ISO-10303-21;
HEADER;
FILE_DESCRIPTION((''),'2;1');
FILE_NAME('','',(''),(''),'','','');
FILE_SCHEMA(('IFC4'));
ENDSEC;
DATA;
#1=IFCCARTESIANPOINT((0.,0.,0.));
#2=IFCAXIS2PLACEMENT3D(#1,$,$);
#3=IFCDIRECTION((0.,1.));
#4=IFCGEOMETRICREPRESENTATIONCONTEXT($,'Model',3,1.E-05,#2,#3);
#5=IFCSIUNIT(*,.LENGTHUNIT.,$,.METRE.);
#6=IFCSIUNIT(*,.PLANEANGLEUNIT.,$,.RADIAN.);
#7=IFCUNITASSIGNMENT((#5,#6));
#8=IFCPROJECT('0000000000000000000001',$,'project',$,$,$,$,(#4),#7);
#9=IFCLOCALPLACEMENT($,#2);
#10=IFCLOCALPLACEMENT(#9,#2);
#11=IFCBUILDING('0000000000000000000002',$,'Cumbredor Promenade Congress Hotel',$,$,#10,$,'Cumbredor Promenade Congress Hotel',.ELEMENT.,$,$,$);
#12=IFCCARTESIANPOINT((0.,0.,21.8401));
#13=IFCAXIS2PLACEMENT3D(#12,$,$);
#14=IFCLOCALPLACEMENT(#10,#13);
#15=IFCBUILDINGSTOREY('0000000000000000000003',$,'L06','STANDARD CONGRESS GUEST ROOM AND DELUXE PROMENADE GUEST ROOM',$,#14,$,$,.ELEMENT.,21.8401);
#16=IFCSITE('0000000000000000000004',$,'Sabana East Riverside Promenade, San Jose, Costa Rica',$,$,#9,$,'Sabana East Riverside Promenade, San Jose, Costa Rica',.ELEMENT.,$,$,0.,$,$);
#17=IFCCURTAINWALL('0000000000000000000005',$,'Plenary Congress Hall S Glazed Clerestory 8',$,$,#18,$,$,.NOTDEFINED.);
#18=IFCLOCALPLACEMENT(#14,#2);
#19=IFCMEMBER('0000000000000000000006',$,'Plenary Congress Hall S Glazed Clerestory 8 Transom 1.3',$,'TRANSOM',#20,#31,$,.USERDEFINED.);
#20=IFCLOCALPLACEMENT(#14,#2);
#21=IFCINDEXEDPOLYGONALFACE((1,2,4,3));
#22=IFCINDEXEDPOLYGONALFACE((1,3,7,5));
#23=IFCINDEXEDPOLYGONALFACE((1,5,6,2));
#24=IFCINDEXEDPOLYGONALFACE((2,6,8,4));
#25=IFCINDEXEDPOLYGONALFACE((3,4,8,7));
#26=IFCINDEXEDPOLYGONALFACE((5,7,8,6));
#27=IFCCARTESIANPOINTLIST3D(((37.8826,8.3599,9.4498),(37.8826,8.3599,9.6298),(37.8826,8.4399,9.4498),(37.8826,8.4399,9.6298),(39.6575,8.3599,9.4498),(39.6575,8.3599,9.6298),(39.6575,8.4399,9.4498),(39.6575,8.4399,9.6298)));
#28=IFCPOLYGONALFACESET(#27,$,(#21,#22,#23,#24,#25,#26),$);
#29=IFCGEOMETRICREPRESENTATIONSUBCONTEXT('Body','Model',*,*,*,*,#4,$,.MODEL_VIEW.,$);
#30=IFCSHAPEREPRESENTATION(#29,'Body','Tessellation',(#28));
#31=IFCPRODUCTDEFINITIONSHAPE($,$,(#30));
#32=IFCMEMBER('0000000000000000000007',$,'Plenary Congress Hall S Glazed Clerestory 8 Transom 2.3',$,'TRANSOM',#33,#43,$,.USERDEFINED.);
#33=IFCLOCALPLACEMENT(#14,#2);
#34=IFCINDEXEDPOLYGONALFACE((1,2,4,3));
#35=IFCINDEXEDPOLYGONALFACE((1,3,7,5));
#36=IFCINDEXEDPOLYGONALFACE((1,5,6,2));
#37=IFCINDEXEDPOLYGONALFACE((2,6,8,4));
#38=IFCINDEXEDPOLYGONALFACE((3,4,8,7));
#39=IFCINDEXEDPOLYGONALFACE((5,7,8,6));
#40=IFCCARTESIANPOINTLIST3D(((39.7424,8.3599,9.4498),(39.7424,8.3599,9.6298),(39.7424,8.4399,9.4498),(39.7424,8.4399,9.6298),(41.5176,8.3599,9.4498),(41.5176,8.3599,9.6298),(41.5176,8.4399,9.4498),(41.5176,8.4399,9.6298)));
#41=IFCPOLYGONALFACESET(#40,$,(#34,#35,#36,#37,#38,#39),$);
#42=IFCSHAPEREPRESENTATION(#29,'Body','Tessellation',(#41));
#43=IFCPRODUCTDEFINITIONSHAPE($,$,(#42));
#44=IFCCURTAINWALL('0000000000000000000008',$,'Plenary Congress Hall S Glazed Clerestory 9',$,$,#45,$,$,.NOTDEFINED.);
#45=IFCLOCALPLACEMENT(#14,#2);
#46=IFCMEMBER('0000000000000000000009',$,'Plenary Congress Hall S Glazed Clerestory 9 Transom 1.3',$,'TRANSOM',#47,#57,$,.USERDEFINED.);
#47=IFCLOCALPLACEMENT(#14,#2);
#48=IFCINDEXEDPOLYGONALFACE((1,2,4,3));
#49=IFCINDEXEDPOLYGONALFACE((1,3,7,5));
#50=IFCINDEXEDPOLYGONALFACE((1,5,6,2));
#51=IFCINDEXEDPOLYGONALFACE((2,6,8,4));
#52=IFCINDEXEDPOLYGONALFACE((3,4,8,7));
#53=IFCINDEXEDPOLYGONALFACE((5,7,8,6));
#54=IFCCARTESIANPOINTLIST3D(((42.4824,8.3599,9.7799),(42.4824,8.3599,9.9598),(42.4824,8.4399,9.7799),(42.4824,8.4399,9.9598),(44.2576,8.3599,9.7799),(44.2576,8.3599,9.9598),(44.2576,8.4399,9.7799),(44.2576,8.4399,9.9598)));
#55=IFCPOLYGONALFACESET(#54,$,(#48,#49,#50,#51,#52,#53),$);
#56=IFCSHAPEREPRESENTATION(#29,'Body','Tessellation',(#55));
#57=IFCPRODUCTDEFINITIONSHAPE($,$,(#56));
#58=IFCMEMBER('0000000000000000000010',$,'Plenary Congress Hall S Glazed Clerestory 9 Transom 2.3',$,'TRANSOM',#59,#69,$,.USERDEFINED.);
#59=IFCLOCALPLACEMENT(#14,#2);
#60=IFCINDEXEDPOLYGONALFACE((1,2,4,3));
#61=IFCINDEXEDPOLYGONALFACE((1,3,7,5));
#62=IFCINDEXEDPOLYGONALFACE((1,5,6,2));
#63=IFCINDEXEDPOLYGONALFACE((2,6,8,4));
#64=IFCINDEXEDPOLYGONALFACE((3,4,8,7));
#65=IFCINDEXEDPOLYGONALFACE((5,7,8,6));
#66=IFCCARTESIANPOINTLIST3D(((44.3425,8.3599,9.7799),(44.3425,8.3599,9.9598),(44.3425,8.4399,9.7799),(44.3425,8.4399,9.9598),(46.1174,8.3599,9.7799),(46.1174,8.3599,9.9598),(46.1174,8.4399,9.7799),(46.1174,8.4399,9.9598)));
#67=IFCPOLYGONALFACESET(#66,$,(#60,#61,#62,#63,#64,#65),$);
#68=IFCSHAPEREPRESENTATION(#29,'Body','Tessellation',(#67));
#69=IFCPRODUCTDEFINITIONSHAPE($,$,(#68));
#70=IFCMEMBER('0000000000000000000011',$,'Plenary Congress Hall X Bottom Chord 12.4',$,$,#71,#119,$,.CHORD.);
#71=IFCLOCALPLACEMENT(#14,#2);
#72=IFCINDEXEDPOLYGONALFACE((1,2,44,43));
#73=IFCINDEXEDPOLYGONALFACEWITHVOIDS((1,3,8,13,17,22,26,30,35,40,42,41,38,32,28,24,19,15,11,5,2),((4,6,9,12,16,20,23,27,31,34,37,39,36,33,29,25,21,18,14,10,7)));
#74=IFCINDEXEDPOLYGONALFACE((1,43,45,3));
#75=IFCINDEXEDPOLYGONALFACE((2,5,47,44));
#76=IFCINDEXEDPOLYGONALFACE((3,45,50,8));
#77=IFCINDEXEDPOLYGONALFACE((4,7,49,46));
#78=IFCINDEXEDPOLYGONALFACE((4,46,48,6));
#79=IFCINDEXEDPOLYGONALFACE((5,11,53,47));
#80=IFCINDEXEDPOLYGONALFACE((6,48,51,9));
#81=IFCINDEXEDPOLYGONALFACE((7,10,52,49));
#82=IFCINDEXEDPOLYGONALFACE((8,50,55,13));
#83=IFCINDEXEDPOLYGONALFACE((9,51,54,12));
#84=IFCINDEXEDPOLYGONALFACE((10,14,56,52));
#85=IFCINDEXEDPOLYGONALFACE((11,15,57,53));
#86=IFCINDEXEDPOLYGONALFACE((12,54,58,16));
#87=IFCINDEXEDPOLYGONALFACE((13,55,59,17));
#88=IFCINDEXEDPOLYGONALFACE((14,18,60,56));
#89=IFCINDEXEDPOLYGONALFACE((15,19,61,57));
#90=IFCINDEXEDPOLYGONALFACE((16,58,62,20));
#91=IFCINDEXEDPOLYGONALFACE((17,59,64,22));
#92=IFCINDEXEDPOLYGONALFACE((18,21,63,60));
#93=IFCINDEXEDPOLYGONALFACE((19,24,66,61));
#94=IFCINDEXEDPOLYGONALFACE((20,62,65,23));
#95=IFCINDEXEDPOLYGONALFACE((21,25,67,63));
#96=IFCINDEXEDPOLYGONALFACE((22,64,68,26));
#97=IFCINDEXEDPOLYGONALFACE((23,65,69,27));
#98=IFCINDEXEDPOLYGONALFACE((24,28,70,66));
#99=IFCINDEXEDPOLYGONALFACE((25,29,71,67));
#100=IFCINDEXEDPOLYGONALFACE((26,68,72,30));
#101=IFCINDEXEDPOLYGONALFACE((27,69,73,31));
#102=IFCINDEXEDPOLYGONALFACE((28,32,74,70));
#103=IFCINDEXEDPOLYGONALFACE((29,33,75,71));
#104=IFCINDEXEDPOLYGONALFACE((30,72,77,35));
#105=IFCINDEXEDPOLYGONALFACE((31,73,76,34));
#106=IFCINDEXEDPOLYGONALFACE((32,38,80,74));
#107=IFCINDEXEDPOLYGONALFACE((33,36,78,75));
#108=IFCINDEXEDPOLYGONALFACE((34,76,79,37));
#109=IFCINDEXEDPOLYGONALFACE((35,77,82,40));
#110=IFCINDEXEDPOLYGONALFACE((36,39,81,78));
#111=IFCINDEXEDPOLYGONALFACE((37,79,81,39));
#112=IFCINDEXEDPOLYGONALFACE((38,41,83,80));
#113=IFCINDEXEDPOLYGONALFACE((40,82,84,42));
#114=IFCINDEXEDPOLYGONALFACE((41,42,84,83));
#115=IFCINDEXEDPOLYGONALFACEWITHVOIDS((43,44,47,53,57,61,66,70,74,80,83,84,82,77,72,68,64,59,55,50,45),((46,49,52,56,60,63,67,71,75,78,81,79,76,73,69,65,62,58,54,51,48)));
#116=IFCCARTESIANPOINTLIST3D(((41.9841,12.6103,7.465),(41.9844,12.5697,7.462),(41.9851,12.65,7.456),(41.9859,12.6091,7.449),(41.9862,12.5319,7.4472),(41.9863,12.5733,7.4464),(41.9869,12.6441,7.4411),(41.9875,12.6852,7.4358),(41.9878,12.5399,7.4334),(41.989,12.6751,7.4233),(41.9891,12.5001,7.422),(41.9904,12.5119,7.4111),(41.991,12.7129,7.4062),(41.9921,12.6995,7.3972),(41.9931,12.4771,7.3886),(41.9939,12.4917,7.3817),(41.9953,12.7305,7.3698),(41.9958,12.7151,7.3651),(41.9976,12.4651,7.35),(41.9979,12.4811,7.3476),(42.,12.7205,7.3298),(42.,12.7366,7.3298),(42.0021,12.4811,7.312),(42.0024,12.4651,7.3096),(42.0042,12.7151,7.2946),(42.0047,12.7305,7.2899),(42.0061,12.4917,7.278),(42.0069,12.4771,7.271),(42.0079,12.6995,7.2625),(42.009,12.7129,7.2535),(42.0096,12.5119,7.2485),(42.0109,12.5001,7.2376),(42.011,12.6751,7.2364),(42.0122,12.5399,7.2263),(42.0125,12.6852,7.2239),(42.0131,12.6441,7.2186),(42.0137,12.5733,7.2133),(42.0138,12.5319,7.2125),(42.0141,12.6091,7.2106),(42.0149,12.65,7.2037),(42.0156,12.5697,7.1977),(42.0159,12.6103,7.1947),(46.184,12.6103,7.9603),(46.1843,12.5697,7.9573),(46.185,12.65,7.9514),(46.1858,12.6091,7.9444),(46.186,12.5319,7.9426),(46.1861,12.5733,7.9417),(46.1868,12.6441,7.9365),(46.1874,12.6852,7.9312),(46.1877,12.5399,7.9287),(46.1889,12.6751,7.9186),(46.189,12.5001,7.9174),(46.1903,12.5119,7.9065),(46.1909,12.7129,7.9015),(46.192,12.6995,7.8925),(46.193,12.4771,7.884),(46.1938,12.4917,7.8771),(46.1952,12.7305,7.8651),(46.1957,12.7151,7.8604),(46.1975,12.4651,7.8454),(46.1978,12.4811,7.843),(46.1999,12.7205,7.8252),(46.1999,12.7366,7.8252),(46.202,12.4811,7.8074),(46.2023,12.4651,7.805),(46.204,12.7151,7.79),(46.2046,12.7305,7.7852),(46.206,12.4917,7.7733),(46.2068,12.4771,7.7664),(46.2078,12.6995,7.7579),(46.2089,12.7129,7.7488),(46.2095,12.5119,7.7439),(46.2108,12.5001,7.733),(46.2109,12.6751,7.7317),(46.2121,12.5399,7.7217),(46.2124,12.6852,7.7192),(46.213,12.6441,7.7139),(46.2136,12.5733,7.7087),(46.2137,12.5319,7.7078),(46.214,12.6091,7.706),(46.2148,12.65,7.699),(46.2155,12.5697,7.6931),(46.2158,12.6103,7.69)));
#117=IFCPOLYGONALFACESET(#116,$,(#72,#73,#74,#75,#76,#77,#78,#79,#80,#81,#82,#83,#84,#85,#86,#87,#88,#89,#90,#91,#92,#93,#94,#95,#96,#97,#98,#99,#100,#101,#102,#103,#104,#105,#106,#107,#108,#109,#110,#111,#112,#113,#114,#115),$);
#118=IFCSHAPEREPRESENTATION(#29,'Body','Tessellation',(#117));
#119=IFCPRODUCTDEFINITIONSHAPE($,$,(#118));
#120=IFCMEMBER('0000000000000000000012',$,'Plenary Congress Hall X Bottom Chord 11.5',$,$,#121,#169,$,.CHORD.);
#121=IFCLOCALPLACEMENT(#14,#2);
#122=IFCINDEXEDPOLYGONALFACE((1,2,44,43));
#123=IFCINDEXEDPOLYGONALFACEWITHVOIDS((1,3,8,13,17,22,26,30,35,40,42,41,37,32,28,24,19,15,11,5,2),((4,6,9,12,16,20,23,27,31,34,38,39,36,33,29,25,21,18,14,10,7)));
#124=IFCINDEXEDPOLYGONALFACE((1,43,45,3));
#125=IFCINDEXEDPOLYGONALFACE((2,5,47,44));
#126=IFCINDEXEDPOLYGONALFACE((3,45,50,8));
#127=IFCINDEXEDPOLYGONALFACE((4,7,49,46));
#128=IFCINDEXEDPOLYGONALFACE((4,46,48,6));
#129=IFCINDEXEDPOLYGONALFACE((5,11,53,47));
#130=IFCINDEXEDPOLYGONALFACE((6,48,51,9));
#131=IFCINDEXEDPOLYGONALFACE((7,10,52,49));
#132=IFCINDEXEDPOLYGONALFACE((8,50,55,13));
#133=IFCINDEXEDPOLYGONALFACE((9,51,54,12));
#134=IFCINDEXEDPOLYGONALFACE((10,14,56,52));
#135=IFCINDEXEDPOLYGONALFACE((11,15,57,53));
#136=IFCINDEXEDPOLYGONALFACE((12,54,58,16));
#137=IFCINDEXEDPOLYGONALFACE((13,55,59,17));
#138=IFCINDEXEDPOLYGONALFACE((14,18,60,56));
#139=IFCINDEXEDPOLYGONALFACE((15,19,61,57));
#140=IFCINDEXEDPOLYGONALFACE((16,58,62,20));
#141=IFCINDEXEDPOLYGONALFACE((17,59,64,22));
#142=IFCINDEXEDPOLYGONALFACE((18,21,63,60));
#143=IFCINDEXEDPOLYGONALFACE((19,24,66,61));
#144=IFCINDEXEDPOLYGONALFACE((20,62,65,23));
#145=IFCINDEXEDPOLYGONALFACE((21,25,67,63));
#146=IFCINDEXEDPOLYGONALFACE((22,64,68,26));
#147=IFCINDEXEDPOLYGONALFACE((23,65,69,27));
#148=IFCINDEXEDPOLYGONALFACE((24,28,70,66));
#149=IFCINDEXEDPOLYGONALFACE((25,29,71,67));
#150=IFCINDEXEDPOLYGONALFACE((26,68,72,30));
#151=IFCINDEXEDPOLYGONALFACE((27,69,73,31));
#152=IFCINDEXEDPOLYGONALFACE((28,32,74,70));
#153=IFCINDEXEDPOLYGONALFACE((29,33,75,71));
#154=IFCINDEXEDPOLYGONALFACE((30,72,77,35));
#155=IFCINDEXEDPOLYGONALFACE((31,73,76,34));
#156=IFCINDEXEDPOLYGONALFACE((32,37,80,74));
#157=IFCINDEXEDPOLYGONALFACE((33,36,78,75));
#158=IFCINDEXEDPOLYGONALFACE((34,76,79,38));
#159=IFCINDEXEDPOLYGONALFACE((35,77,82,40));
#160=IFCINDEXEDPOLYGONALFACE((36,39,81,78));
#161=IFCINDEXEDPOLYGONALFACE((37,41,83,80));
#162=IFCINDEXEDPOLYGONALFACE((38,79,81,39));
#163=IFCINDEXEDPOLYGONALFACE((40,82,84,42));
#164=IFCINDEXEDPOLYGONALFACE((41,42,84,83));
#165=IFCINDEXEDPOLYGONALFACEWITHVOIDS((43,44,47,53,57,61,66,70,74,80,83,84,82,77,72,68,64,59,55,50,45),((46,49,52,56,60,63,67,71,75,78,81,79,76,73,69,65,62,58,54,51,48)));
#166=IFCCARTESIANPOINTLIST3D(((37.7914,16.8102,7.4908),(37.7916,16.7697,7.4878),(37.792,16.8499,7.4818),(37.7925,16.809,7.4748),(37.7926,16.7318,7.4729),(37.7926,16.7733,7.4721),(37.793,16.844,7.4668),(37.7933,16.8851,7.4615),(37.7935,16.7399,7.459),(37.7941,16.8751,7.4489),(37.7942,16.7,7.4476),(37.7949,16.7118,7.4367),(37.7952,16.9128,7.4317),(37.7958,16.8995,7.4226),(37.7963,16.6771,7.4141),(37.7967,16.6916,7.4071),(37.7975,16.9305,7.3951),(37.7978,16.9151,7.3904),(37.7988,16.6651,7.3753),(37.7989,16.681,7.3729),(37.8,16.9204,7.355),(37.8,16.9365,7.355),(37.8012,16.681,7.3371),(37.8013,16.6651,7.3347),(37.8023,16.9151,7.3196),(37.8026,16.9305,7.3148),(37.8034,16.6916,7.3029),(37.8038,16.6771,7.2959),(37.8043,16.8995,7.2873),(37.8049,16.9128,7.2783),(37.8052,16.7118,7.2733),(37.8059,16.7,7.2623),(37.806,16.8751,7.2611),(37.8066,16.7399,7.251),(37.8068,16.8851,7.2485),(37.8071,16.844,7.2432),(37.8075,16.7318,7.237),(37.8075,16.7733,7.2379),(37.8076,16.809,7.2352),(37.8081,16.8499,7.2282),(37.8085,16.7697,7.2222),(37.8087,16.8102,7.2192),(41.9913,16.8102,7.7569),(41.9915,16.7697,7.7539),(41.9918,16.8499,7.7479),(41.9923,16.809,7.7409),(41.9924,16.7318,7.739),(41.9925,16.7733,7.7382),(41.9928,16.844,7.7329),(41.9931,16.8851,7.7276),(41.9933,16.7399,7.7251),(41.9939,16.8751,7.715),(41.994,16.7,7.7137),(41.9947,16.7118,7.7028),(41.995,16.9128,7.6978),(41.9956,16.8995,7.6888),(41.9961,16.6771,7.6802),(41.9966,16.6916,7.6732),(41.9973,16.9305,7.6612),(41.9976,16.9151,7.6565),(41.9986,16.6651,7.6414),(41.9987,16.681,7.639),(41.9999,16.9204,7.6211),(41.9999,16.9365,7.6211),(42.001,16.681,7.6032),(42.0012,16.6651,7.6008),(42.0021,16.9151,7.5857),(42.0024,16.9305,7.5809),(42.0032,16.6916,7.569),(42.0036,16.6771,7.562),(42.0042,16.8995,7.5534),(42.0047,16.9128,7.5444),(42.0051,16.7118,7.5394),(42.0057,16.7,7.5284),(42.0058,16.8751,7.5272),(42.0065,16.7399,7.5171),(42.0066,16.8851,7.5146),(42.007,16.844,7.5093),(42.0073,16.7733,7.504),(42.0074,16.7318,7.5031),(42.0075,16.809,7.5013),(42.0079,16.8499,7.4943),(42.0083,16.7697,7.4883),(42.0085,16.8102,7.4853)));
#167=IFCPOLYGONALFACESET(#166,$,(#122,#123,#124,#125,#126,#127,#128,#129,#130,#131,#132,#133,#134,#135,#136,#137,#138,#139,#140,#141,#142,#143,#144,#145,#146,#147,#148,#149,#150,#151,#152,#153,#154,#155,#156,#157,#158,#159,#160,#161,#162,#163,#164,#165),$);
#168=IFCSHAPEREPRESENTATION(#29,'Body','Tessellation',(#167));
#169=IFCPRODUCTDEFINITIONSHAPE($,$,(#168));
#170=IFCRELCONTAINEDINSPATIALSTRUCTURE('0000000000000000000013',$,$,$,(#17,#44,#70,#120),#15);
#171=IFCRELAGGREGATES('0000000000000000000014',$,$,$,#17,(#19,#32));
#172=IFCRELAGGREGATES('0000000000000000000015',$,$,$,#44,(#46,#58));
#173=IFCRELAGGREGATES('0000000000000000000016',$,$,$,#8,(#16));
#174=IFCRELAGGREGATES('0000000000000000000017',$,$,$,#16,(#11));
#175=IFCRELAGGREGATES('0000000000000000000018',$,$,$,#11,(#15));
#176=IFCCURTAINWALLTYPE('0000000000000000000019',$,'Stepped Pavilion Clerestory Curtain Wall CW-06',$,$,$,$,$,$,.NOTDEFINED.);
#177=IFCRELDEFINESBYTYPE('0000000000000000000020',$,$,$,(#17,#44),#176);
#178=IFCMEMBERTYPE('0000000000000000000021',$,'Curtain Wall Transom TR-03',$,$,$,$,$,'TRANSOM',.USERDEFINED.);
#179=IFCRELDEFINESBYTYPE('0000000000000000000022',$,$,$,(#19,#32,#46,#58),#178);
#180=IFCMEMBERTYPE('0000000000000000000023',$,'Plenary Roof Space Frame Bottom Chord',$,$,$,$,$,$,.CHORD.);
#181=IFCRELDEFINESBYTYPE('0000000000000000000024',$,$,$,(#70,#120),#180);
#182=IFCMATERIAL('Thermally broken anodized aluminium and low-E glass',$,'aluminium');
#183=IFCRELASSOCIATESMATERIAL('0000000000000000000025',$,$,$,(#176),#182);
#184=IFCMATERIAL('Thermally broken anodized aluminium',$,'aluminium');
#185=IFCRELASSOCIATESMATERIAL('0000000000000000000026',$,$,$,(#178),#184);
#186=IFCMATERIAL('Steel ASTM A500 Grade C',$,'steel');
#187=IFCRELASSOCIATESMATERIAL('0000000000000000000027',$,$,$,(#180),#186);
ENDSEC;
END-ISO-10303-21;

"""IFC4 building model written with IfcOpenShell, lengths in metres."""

from ifc_helpers import new_model, si_unit, direction, frame, origin, origin_2d, place, context, subcontext, project, spatial, rectangle, hollow_circle, extrude, material, material_profile, profile_set, type_object, element, aggregate, save


model = new_model("IFC4")

# Units and contexts
model_context = context("Model", 3, precision=1e-05, world=origin(), true_north=direction((0.0, 1.0)))
body_context = subcontext(model_context, "Body", "Model", "MODEL_VIEW")
ifc_project = project(units=[si_unit("LENGTHUNIT", "METRE"), si_unit("PLANEANGLEUNIT", "RADIAN")], contexts=[model_context])

# Site, building, storey
site_placement = place(None, origin())
site = spatial("IfcSite", under=ifc_project, at=site_placement, Name="Sabana East Riverside Promenade, San Jose, Costa Rica", LongName="Sabana East Riverside Promenade, San Jose, Costa Rica", CompositionType="ELEMENT", RefElevation=0.0)
building_placement = place(site_placement, origin())
building = spatial("IfcBuilding", under=site, at=building_placement, Name="Cumbredor Promenade Congress Hotel", LongName="Cumbredor Promenade Congress Hotel", CompositionType="ELEMENT")
storey_placement = place(building_placement, frame((0.0, 0.0, 21.8401)))
storey = spatial("IfcBuildingStorey", under=building, at=storey_placement, Name="L06", Description="STANDARD CONGRESS GUEST ROOM AND DELUXE PROMENADE GUEST ROOM", CompositionType="ELEMENT", Elevation=21.8401)

# Curtain walls, members
ifc_material_1 = material(Name="Thermally broken anodized aluminium and low-E glass", Category="aluminium")
curtain_wall_type = type_object("IfcCurtainWallType", Name="Stepped Pavilion Clerestory Curtain Wall CW-06", PredefinedType="NOTDEFINED", material=ifc_material_1)
curtain_wall_1_placement = place(storey_placement, origin())
curtain_wall_1 = element("IfcCurtainWall", 1, at=curtain_wall_1_placement, inside=storey, type_object=curtain_wall_type, Name="Plenary Congress Hall S Glazed Clerestory 8", PredefinedType="NOTDEFINED")
ifc_material_2 = material(Name="Thermally broken anodized aluminium", Category="aluminium")
ifc_material_profile_1 = material_profile(ifc_material_2, rectangle(XDim=0.0801, YDim=0.1799, at=origin_2d()), Name="ALU TRANSOM 80x180")
ifc_profile_set_1 = profile_set([ifc_material_profile_1], Name="Thermally broken anodized aluminium")
member_type_1 = type_object("IfcMemberType", Name="Curtain Wall Transom TR-03", ElementType="TRANSOM", PredefinedType="USERDEFINED", material=ifc_profile_set_1)
member_1_placement = place(storey_placement, frame((37.8826, 8.3999, 9.5398), z_axis=(1.0, 0.0, 0.0), x_axis=(0.0, 1.0, 0.0)))
member_1 = element("IfcMember", 2, at=member_1_placement, type_object=member_type_1, Name="Plenary Congress Hall S Glazed Clerestory 8 Transom 1.3", ObjectType="TRANSOM", PredefinedType="USERDEFINED", context=body_context, shape_type="SweptSolid", body=[
    extrude(rectangle(XDim=0.0801, YDim=0.1799, at=origin_2d()), origin(), (0.0, 0.0, 1.0), 1.7749),
])
member_2_placement = place(storey_placement, frame((39.7424, 8.3999, 9.5398), z_axis=(1.0, 0.0, 0.0), x_axis=(0.0, 1.0, 0.0)))
member_2 = element("IfcMember", 3, at=member_2_placement, type_object=member_type_1, Name="Plenary Congress Hall S Glazed Clerestory 8 Transom 2.3", ObjectType="TRANSOM", PredefinedType="USERDEFINED", context=body_context, shape_type="SweptSolid", body=[
    extrude(rectangle(XDim=0.0801, YDim=0.1799, at=origin_2d()), origin(), (0.0, 0.0, 1.0), 1.7751),
])
aggregate(curtain_wall_1, [member_1, member_2])
curtain_wall_2_placement = place(storey_placement, origin())
curtain_wall_2 = element("IfcCurtainWall", 4, at=curtain_wall_2_placement, inside=storey, type_object=curtain_wall_type, Name="Plenary Congress Hall S Glazed Clerestory 9", PredefinedType="NOTDEFINED")
member_3_placement = place(storey_placement, frame((42.4824, 8.3999, 9.8699), z_axis=(1.0, 0.0, 0.0), x_axis=(0.0, 1.0, 0.0)))
member_3 = element("IfcMember", 5, at=member_3_placement, type_object=member_type_1, Name="Plenary Congress Hall S Glazed Clerestory 9 Transom 1.3", ObjectType="TRANSOM", PredefinedType="USERDEFINED", context=body_context, shape_type="SweptSolid", body=[
    extrude(rectangle(XDim=0.0801, YDim=0.1799, at=origin_2d()), origin(), (0.0, 0.0, 1.0), 1.7751),
])
member_4_placement = place(storey_placement, frame((44.3425, 8.3999, 9.8699), z_axis=(1.0, 0.0, 0.0), x_axis=(0.0, 1.0, 0.0)))
member_4 = element("IfcMember", 6, at=member_4_placement, type_object=member_type_1, Name="Plenary Congress Hall S Glazed Clerestory 9 Transom 2.3", ObjectType="TRANSOM", PredefinedType="USERDEFINED", context=body_context, shape_type="SweptSolid", body=[
    extrude(rectangle(XDim=0.0801, YDim=0.1799, at=origin_2d()), origin(), (0.0, 0.0, 1.0), 1.7749),
])
aggregate(curtain_wall_2, [member_3, member_4])

# Members
ifc_material_3 = material(Name="Steel ASTM A500 Grade C", Category="steel")
ifc_material_profile_2 = material_profile(ifc_material_3, hollow_circle(Radius=0.1365, WallThickness=0.0161, at=origin_2d()), Name="CHS 273.0x16")
ifc_profile_set_2 = profile_set([ifc_material_profile_2], Name="Steel ASTM A500 Grade C")
member_type_2 = type_object("IfcMemberType", Name="Plenary Roof Space Frame Bottom Chord", PredefinedType="CHORD", material=ifc_profile_set_2)
member_5_placement = place(storey_placement, frame((42.0, 12.6001, 7.3298), z_axis=(0.993116, 0.0, 0.117133), x_axis=(0.0, 1.0, 0.0)))
element("IfcMember", 7, at=member_5_placement, inside=storey, type_object=member_type_2, Name="Plenary Congress Hall X Bottom Chord 12.4", PredefinedType="CHORD", context=body_context, shape_type="SweptSolid", body=[
    extrude(hollow_circle(Radius=0.1365, WallThickness=0.0161, at=origin_2d()), origin(), (0.0, 0.0, 1.0), 4.229),
])
member_6_placement = place(storey_placement, frame((37.8, 16.8, 7.355), z_axis=(0.997999, 0.0, 0.063234), x_axis=(0.0, 1.0, 0.0)))
element("IfcMember", 8, at=member_6_placement, inside=storey, type_object=member_type_2, Name="Plenary Congress Hall X Bottom Chord 11.5", PredefinedType="CHORD", context=body_context, shape_type="SweptSolid", body=[
    extrude(hollow_circle(Radius=0.1365, WallThickness=0.0161, at=origin_2d()), origin(), (0.0, 0.0, 1.0), 4.2083),
])

save(model, "model.ifc")
